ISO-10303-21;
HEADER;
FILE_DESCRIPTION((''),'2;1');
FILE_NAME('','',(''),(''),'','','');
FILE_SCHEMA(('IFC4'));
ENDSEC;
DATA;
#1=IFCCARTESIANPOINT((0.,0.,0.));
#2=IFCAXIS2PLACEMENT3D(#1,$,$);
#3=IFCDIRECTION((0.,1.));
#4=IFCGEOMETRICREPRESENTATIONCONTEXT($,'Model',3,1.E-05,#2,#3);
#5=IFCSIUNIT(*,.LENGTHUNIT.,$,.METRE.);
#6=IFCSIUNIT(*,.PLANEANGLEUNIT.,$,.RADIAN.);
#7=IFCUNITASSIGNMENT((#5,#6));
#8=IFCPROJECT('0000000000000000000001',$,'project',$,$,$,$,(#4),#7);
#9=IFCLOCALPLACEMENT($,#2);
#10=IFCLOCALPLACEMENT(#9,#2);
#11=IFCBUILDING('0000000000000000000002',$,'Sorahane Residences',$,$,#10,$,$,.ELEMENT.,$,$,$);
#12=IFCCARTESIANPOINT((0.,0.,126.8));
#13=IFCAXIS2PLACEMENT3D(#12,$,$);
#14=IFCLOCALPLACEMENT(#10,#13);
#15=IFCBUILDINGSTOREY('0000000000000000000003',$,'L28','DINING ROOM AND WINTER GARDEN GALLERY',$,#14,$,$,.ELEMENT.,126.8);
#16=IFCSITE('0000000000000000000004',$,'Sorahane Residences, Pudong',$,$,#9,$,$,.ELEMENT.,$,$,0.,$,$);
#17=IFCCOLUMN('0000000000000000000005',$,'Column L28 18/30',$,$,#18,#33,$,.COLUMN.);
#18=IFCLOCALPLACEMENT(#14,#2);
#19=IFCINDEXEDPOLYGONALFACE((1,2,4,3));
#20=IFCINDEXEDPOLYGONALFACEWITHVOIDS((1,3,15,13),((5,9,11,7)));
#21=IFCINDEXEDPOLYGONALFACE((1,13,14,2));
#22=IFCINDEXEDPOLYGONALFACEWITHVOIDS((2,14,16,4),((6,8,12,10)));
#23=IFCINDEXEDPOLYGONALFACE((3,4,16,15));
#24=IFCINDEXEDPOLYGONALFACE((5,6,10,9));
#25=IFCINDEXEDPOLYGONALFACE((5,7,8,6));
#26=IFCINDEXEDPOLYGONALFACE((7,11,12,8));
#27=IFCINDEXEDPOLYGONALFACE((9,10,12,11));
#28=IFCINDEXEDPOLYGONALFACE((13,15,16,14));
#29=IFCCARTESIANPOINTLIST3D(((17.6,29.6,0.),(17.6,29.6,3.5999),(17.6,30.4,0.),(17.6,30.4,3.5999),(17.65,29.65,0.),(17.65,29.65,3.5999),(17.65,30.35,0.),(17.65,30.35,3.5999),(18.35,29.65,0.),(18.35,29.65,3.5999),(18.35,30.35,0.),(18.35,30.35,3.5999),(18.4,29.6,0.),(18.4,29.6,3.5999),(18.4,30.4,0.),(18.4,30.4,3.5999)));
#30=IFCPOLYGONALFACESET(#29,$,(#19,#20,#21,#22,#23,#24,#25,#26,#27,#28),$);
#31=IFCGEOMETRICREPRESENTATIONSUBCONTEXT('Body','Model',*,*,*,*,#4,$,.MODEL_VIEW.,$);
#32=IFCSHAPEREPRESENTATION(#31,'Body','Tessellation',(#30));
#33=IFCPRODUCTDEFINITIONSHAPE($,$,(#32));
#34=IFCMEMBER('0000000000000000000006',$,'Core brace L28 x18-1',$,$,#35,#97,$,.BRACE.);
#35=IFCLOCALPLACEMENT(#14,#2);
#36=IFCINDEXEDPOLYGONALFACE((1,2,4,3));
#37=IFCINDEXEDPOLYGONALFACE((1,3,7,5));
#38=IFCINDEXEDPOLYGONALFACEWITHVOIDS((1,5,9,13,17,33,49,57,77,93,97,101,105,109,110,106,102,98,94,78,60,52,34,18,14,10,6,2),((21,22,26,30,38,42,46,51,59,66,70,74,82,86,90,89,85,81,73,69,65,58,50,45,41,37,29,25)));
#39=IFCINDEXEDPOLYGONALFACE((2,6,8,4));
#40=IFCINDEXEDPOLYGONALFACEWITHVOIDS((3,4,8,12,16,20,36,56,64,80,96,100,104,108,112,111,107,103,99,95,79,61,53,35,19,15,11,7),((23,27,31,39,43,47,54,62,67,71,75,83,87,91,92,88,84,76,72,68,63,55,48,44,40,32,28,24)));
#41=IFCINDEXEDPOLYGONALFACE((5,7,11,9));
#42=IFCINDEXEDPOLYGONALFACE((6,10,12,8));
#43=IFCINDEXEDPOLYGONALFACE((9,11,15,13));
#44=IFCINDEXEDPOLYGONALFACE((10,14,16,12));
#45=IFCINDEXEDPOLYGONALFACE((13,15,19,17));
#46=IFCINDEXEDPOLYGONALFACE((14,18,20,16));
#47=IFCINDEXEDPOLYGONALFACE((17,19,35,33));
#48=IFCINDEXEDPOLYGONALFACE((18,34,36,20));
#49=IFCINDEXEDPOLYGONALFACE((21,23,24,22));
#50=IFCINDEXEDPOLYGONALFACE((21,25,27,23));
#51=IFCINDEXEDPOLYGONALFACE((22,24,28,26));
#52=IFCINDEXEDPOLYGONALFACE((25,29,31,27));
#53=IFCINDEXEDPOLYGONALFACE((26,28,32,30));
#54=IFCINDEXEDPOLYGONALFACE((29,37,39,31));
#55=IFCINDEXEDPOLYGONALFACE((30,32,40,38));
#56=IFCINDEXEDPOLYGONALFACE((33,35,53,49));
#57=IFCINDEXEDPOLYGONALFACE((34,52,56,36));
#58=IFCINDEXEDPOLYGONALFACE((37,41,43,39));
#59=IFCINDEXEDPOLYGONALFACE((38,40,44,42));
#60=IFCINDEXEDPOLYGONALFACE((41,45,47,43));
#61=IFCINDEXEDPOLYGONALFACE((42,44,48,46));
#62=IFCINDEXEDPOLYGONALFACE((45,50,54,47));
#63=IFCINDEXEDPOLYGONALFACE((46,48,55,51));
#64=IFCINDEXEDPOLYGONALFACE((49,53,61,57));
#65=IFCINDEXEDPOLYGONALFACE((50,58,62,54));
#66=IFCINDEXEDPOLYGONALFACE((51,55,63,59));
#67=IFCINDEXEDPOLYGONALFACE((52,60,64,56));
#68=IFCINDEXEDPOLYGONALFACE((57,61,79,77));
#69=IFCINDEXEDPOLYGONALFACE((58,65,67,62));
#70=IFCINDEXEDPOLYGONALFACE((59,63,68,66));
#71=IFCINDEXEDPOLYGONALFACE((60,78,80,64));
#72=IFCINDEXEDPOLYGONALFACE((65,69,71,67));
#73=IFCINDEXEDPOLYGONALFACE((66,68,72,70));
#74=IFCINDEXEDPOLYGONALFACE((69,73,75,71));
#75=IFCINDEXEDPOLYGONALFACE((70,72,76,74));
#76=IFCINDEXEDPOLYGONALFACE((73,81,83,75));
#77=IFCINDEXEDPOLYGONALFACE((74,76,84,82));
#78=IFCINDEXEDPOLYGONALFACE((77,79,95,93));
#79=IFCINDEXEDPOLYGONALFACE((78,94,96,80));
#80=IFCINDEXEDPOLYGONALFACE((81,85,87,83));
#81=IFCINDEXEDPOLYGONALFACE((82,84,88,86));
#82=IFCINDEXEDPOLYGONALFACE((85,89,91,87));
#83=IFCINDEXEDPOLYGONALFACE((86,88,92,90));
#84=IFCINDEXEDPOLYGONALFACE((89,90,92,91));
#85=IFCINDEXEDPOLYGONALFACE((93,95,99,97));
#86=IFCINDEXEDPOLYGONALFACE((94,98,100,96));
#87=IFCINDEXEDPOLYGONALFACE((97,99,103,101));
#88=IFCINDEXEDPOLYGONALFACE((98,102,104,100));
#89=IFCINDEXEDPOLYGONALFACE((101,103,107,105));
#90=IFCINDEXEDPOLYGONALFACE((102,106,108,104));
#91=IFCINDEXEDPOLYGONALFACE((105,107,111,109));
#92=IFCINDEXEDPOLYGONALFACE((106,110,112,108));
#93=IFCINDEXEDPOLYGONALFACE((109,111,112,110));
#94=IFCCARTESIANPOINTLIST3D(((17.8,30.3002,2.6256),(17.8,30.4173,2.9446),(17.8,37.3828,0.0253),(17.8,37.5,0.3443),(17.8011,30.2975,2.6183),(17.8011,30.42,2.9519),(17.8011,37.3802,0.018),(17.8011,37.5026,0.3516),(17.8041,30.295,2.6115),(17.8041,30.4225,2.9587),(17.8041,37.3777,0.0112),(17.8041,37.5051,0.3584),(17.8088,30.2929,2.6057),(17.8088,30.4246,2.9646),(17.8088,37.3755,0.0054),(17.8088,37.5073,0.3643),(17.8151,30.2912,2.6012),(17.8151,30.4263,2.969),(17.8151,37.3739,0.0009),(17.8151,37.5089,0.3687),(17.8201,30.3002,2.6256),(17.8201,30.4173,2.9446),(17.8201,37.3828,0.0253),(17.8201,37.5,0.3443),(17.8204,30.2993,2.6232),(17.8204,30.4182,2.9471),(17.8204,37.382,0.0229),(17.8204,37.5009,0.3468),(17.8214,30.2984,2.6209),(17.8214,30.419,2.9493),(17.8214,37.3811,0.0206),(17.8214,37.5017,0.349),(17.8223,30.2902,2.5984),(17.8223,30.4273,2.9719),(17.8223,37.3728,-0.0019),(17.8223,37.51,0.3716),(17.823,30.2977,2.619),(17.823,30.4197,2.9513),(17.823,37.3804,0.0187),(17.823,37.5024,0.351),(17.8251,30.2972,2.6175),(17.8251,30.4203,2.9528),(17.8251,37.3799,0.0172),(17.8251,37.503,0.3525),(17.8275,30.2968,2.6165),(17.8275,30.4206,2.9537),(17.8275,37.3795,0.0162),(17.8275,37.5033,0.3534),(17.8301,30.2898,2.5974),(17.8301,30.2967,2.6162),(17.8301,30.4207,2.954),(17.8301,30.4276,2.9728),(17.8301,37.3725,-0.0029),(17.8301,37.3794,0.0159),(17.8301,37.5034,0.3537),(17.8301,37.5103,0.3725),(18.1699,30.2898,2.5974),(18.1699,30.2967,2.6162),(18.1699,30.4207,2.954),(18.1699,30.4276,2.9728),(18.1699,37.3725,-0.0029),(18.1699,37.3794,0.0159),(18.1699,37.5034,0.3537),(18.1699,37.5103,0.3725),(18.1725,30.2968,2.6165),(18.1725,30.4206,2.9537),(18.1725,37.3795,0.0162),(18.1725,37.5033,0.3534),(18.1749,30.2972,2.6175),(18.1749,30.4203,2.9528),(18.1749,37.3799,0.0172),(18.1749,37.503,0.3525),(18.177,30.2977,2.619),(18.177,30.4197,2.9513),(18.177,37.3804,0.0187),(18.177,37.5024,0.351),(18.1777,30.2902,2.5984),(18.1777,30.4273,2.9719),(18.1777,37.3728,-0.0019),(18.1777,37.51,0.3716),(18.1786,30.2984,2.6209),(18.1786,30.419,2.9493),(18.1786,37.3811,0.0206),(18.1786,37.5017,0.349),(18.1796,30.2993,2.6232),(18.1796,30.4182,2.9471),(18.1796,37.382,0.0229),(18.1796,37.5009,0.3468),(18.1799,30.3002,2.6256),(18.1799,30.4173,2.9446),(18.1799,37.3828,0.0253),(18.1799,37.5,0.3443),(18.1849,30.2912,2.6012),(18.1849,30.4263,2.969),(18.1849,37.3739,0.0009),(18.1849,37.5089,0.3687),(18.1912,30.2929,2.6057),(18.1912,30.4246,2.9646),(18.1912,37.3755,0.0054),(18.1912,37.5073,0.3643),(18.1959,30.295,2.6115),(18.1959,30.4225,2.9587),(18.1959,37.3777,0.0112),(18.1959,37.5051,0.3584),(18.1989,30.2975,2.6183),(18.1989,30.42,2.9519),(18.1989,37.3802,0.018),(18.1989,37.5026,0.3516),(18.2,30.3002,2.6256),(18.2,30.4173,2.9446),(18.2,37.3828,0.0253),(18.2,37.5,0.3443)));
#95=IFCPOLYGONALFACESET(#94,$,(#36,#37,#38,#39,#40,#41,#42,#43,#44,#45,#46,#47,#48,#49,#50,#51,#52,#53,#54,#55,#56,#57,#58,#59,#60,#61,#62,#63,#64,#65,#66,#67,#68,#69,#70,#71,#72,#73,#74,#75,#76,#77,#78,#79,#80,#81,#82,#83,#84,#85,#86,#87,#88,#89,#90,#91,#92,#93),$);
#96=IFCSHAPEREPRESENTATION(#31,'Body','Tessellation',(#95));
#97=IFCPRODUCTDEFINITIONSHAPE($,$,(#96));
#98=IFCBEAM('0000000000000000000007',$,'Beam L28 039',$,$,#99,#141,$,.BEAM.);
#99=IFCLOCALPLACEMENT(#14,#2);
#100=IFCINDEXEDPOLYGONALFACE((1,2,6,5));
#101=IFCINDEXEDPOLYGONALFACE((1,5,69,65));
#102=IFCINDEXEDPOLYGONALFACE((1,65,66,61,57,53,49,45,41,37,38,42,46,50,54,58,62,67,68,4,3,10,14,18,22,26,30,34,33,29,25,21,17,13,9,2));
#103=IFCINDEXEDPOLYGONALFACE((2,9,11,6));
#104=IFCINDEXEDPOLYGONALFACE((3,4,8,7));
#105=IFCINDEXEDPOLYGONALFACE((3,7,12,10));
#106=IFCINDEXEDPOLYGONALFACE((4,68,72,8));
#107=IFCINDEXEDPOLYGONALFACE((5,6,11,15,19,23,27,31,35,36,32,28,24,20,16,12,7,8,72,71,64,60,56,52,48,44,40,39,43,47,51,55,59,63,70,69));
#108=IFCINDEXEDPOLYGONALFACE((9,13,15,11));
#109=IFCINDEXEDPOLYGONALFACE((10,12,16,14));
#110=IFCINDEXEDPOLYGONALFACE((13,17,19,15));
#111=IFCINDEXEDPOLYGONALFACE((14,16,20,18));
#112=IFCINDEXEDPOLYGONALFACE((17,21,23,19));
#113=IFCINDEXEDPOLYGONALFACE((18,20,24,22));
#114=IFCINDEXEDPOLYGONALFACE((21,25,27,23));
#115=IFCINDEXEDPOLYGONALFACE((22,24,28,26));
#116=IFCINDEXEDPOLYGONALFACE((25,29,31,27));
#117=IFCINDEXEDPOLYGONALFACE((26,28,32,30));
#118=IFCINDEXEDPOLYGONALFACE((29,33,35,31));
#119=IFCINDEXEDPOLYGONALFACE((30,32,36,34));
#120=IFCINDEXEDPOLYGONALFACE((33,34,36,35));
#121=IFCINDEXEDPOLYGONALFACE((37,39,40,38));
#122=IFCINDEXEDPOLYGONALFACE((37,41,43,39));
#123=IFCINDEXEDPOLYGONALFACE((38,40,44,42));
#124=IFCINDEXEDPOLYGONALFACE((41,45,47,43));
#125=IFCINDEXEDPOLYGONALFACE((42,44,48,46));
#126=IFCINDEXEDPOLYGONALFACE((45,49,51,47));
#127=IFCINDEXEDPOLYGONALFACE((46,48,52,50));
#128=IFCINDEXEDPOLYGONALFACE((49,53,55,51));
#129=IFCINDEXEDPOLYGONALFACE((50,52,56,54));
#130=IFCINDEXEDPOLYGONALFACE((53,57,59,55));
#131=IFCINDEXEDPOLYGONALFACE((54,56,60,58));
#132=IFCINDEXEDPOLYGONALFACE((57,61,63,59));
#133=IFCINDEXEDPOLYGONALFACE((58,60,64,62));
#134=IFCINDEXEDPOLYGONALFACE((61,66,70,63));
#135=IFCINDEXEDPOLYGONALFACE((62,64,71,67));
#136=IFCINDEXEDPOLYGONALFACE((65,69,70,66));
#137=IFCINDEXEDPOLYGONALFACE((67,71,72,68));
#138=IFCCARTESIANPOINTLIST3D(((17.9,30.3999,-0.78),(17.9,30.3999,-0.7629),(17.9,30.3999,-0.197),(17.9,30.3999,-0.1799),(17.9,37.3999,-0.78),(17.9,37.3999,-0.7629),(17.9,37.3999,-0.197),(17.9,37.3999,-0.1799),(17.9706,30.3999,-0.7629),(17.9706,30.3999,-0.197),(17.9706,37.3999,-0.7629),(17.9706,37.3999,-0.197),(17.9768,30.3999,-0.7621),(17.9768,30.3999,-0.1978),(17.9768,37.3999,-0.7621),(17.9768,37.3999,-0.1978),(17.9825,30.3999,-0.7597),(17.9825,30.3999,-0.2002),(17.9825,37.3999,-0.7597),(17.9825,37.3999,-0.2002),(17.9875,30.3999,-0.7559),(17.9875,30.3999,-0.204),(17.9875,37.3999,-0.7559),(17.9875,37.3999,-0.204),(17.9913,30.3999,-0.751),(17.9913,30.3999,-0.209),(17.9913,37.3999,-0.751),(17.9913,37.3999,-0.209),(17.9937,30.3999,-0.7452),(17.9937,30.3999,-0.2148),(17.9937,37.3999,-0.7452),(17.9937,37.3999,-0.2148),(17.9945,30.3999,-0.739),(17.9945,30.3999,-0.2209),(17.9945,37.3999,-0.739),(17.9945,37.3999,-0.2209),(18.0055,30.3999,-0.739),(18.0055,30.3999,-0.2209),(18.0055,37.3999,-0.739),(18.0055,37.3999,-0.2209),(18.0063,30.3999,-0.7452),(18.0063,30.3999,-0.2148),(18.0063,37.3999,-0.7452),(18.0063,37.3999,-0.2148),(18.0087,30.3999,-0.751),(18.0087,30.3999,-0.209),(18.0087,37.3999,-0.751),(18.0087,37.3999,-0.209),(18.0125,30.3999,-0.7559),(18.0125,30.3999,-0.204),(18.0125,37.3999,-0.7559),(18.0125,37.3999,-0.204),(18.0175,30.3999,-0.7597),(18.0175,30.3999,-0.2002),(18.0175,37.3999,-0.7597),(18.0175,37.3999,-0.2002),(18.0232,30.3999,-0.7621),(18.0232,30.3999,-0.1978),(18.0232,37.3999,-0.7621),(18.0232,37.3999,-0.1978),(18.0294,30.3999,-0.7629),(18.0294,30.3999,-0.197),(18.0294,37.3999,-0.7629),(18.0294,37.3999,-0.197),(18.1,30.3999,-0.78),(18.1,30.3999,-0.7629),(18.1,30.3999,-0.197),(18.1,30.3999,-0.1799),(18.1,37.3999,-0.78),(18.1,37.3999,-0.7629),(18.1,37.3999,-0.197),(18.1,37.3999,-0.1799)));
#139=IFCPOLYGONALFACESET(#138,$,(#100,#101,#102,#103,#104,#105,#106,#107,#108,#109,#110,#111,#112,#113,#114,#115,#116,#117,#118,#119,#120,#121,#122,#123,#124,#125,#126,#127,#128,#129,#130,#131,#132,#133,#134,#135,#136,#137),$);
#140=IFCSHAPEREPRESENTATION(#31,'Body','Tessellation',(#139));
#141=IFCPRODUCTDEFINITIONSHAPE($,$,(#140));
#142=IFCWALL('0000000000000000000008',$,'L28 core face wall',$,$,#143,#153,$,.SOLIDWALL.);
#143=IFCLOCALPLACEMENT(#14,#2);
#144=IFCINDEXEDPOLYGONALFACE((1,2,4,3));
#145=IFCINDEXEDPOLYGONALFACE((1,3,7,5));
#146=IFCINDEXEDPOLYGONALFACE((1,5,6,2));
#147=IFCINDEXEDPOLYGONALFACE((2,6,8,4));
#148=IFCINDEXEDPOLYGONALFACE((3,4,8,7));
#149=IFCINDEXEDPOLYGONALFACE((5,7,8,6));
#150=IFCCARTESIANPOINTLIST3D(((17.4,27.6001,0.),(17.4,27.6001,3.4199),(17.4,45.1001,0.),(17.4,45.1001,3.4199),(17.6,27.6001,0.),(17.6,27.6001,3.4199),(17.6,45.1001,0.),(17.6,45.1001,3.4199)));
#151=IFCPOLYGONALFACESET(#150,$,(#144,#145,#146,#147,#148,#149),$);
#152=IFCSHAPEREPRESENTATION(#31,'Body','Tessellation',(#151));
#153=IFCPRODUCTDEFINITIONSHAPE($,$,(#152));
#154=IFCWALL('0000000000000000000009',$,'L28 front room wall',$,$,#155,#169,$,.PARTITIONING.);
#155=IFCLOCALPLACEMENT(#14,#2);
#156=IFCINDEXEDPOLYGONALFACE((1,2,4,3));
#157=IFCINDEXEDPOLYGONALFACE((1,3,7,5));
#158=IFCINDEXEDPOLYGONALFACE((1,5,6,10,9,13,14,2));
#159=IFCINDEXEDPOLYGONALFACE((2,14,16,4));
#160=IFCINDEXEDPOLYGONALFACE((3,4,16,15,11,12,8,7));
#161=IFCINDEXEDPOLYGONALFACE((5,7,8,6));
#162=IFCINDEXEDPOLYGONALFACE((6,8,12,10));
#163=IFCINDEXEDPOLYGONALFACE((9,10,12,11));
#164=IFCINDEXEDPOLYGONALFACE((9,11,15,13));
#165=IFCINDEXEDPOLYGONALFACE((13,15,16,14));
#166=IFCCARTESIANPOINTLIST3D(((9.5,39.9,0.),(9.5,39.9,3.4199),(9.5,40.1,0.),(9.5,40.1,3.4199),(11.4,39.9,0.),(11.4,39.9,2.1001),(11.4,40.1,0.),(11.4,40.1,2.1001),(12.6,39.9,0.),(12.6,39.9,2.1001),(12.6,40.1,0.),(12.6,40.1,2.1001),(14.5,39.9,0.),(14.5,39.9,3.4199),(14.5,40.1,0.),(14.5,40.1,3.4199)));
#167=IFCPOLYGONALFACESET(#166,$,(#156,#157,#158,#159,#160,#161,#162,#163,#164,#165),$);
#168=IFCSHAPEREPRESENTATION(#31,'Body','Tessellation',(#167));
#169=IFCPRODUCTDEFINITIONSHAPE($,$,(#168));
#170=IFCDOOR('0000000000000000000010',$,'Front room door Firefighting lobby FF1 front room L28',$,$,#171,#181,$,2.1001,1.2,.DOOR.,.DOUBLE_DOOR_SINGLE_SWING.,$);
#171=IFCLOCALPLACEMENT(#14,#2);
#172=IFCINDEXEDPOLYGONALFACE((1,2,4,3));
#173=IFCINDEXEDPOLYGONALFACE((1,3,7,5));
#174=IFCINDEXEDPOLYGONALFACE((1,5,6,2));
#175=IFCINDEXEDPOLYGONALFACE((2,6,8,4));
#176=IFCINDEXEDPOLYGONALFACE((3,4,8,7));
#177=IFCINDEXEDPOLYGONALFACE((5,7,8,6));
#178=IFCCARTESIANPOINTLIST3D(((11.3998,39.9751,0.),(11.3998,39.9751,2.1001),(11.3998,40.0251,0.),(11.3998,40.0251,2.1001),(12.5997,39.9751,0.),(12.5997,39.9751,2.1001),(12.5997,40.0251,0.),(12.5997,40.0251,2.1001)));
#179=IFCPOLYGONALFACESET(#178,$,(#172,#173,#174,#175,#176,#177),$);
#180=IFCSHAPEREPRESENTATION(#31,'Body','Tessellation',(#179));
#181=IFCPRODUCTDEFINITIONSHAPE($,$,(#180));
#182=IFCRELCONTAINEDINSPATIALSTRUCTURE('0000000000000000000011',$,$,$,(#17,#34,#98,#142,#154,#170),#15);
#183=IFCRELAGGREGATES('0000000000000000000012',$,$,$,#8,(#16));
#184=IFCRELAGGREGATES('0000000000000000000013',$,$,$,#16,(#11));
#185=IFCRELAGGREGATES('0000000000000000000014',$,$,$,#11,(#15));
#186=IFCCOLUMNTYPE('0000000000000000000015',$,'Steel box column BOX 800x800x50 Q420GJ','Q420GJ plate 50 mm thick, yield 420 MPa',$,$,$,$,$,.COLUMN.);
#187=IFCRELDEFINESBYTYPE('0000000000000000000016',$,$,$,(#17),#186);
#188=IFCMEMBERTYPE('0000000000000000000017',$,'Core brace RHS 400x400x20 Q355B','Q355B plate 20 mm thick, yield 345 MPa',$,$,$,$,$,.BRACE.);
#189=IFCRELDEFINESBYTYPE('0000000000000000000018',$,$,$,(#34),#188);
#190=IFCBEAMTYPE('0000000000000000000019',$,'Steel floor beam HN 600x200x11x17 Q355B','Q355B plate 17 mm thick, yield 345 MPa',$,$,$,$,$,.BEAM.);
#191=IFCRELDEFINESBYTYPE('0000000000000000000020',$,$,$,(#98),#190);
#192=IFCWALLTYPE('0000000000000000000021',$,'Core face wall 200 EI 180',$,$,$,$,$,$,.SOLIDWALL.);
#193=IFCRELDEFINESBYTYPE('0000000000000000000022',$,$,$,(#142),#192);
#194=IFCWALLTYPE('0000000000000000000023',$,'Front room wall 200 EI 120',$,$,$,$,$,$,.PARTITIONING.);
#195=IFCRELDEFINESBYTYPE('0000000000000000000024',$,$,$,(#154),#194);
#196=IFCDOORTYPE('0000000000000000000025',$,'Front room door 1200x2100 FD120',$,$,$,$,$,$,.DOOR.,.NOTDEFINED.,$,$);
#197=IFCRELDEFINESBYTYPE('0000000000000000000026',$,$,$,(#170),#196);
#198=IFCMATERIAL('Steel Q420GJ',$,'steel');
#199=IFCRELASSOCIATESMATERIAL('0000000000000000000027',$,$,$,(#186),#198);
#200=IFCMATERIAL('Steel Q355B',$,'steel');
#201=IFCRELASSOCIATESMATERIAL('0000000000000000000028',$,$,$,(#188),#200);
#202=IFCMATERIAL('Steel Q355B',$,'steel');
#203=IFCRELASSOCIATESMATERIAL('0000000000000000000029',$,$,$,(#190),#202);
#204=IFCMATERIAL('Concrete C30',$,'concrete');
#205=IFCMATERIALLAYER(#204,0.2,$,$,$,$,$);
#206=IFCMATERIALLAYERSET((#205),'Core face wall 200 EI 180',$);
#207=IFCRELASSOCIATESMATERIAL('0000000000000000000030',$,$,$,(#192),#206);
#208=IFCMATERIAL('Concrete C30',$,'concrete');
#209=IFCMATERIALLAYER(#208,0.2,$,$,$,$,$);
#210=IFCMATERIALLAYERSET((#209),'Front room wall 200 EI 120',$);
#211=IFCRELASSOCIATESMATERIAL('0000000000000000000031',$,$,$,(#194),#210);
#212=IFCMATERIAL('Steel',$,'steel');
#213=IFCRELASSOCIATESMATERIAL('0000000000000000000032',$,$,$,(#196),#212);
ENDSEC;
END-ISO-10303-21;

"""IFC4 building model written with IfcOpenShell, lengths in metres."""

from ifc_helpers import new_model, si_unit, direction, frame, frame_2d, origin, origin_2d, place, context, subcontext, project, spatial, rectangle, hollow_rectangle, i_section, extrude, material, layer, layer_set, material_profile, profile_set, type_object, element, fill, save


model = new_model("IFC4")

# Units and contexts
model_context = context("Model", 3, precision=1e-05, world=origin(), true_north=direction((0.0, 1.0)))
body_context = subcontext(model_context, "Body", "Model", "MODEL_VIEW")
ifc_project = project(units=[si_unit("LENGTHUNIT", "METRE"), si_unit("PLANEANGLEUNIT", "RADIAN")], contexts=[model_context])

# Site, building, storey
site_placement = place(None, origin())
site = spatial("IfcSite", under=ifc_project, at=site_placement, Name="Sorahane Residences, Pudong", CompositionType="ELEMENT", RefElevation=0.0)
building_placement = place(site_placement, origin())
building = spatial("IfcBuilding", under=site, at=building_placement, Name="Sorahane Residences", CompositionType="ELEMENT")
storey_placement = place(building_placement, frame((0.0, 0.0, 126.8)))
storey = spatial("IfcBuildingStorey", under=building, at=storey_placement, Name="L28", Description="DINING ROOM AND WINTER GARDEN GALLERY", CompositionType="ELEMENT", Elevation=126.8)

# Column
ifc_material_1 = material(Name="Steel Q420GJ", Category="steel")
ifc_material_profile_1 = material_profile(ifc_material_1, hollow_rectangle(XDim=0.8, YDim=0.8, WallThickness=0.05, at=origin_2d()), Name="BOX 800x800x50")
ifc_profile_set_1 = profile_set([ifc_material_profile_1], Name="Steel Q420GJ")
column_type = type_object("IfcColumnType", Name="Steel box column BOX 800x800x50 Q420GJ", Description="Q420GJ plate 50 mm thick, yield 420 MPa", PredefinedType="COLUMN", material=ifc_profile_set_1)
column_placement = place(storey_placement, frame((18.0, 30.0, 0.0), z_axis=(0.0, 0.0, 1.0), x_axis=(1.0, 0.0, 0.0)))
element("IfcColumn", 1, at=column_placement, inside=storey, type_object=column_type, Name="Column L28 18/30", PredefinedType="COLUMN", context=body_context, shape_type="SweptSolid", body=[
    extrude(hollow_rectangle(XDim=0.8, YDim=0.8, WallThickness=0.05, at=origin_2d()), origin(), (0.0, 0.0, 1.0), 3.5999),
])

# Member
ifc_material_2 = material(Name="Steel Q355B", Category="steel")
ifc_material_profile_2 = material_profile(ifc_material_2, hollow_rectangle(XDim=0.3999, YDim=0.3999, WallThickness=0.02, InnerFilletRadius=0.01, OuterFilletRadius=0.03, at=origin_2d()), Name="RHS 400x400x20")
ifc_profile_set_2 = profile_set([ifc_material_profile_2], Name="Steel Q355B")
member_type = type_object("IfcMemberType", Name="Core brace RHS 400x400x20 Q355B", Description="Q355B plate 20 mm thick, yield 345 MPa", PredefinedType="BRACE", material=ifc_profile_set_2)
member_placement = place(storey_placement, frame((18.0, 37.4414, 0.1848), z_axis=(0.0, -0.938734, 0.344643), x_axis=(1.0, 0.0, 0.0)))
element("IfcMember", 2, at=member_placement, inside=storey, type_object=member_type, Name="Core brace L28 x18-1", PredefinedType="BRACE", context=body_context, shape_type="SweptSolid", body=[
    extrude(hollow_rectangle(XDim=0.3999, YDim=0.3999, WallThickness=0.02, InnerFilletRadius=0.01, OuterFilletRadius=0.03, at=origin_2d()), origin(), (0.0, 0.0, 1.0), 7.5449),
])

# Beam
ifc_material_3 = material(Name="Steel Q355B", Category="steel")
ifc_material_profile_3 = material_profile(ifc_material_3, i_section(OverallWidth=0.2, OverallDepth=0.6001, WebThickness=0.011, FlangeThickness=0.0171, FilletRadius=0.0239, at=origin_2d()), Name="HN 600x200x11x17")
ifc_profile_set_3 = profile_set([ifc_material_profile_3], Name="Steel Q355B")
beam_type = type_object("IfcBeamType", Name="Steel floor beam HN 600x200x11x17 Q355B", Description="Q355B plate 17 mm thick, yield 345 MPa", PredefinedType="BEAM", material=ifc_profile_set_3)
beam_placement = place(storey_placement, frame((18.0, 30.3999, -0.48), z_axis=(0.0, 1.0, 0.0), x_axis=(-1.0, 0.0, 0.0)))
element("IfcBeam", 3, at=beam_placement, inside=storey, type_object=beam_type, Name="Beam L28 039", PredefinedType="BEAM", context=body_context, shape_type="SweptSolid", body=[
    extrude(i_section(OverallWidth=0.2, OverallDepth=0.6001, WebThickness=0.011, FlangeThickness=0.0171, FilletRadius=0.0239, at=origin_2d()), origin(), (0.0, 0.0, 1.0), 7.0),
])

# Wall
ifc_material_4 = material(Name="Concrete C30", Category="concrete")
ifc_layer_1 = layer(ifc_material_4, 0.2)
ifc_layer_set_1 = layer_set([ifc_layer_1], Name="Core face wall 200 EI 180")
wall_type_1 = type_object("IfcWallType", Name="Core face wall 200 EI 180", PredefinedType="SOLIDWALL", material=ifc_layer_set_1)
wall_1_placement = place(storey_placement, frame((17.5, 27.6001, 0.0), z_axis=(0.0, 0.0, 1.0), x_axis=(0.0, 1.0, 0.0)))
element("IfcWall", 4, at=wall_1_placement, inside=storey, type_object=wall_type_1, Name="L28 core face wall", PredefinedType="SOLIDWALL", context=body_context, shape_type="SweptSolid", body=[
    extrude(rectangle(XDim=17.5, YDim=0.2, at=frame_2d((8.75, 0.0))), origin(), (0.0, 0.0, 1.0), 3.4199),
])

# Wall, opening, door
ifc_material_5 = material(Name="Concrete C30", Category="concrete")
ifc_layer_2 = layer(ifc_material_5, 0.2)
ifc_layer_set_2 = layer_set([ifc_layer_2], Name="Front room wall 200 EI 120")
wall_type_2 = type_object("IfcWallType", Name="Front room wall 200 EI 120", PredefinedType="PARTITIONING", material=ifc_layer_set_2)
wall_2_placement = place(storey_placement, frame((9.5, 40.0, 0.0), z_axis=(0.0, 0.0, 1.0), x_axis=(1.0, 0.0, 0.0)))
wall_2 = element("IfcWall", 5, at=wall_2_placement, inside=storey, type_object=wall_type_2, Name="L28 front room wall", PredefinedType="PARTITIONING", context=body_context, shape_type="SweptSolid", body=[
    extrude(rectangle(XDim=5.0, YDim=0.2, at=frame_2d((2.5, 0.0))), origin(), (0.0, 0.0, 1.0), 3.4199),
])
opening_1_placement = place(wall_2_placement, frame((1.8999, 0.0, 0.0)))
opening_1 = element("IfcOpeningElement", 6, at=opening_1_placement, cuts=wall_2, PredefinedType="OPENING", context=body_context, shape_type="SweptSolid", body=[
    extrude(rectangle(XDim=1.2, YDim=2.1001, at=frame_2d((0.6001, 1.05))), frame((0.0, 0.1099, 0.0), z_axis=(0.0, -1.0, 0.0), x_axis=(1.0, 0.0, 0.0)), (0.0, 0.0, 1.0), 0.22),
])
ifc_material_6 = material(Name="Steel", Category="steel")
door_type_1 = type_object("IfcDoorType", Name="Front room door 1200x2100 FD120", OperationType="NOTDEFINED", PredefinedType="DOOR", material=ifc_material_6)
door_1_placement = place(opening_1_placement, frame((1.2, 0.0, 0.0), z_axis=(0.0, 0.0, 1.0), x_axis=(-1.0, 0.0, 0.0)))
door_1 = element("IfcDoor", 7, at=door_1_placement, inside=storey, type_object=door_type_1, Name="Front room door Firefighting lobby FF1 front room L28", OperationType="DOUBLE_DOOR_SINGLE_SWING", OverallHeight=2.1001, OverallWidth=1.2, PredefinedType="DOOR", context=body_context, shape_type="SweptSolid", body=[
    extrude(rectangle(XDim=1.2, YDim=2.1001, at=frame_2d((0.6001, 1.05))), frame((0.0, 0.0249, 0.0), z_axis=(0.0, -1.0, 0.0), x_axis=(1.0, 0.0, 0.0)), (0.0, 0.0, 1.0), 0.05),
])
fill(opening_1, door_1)

save(model, "model.ifc")
